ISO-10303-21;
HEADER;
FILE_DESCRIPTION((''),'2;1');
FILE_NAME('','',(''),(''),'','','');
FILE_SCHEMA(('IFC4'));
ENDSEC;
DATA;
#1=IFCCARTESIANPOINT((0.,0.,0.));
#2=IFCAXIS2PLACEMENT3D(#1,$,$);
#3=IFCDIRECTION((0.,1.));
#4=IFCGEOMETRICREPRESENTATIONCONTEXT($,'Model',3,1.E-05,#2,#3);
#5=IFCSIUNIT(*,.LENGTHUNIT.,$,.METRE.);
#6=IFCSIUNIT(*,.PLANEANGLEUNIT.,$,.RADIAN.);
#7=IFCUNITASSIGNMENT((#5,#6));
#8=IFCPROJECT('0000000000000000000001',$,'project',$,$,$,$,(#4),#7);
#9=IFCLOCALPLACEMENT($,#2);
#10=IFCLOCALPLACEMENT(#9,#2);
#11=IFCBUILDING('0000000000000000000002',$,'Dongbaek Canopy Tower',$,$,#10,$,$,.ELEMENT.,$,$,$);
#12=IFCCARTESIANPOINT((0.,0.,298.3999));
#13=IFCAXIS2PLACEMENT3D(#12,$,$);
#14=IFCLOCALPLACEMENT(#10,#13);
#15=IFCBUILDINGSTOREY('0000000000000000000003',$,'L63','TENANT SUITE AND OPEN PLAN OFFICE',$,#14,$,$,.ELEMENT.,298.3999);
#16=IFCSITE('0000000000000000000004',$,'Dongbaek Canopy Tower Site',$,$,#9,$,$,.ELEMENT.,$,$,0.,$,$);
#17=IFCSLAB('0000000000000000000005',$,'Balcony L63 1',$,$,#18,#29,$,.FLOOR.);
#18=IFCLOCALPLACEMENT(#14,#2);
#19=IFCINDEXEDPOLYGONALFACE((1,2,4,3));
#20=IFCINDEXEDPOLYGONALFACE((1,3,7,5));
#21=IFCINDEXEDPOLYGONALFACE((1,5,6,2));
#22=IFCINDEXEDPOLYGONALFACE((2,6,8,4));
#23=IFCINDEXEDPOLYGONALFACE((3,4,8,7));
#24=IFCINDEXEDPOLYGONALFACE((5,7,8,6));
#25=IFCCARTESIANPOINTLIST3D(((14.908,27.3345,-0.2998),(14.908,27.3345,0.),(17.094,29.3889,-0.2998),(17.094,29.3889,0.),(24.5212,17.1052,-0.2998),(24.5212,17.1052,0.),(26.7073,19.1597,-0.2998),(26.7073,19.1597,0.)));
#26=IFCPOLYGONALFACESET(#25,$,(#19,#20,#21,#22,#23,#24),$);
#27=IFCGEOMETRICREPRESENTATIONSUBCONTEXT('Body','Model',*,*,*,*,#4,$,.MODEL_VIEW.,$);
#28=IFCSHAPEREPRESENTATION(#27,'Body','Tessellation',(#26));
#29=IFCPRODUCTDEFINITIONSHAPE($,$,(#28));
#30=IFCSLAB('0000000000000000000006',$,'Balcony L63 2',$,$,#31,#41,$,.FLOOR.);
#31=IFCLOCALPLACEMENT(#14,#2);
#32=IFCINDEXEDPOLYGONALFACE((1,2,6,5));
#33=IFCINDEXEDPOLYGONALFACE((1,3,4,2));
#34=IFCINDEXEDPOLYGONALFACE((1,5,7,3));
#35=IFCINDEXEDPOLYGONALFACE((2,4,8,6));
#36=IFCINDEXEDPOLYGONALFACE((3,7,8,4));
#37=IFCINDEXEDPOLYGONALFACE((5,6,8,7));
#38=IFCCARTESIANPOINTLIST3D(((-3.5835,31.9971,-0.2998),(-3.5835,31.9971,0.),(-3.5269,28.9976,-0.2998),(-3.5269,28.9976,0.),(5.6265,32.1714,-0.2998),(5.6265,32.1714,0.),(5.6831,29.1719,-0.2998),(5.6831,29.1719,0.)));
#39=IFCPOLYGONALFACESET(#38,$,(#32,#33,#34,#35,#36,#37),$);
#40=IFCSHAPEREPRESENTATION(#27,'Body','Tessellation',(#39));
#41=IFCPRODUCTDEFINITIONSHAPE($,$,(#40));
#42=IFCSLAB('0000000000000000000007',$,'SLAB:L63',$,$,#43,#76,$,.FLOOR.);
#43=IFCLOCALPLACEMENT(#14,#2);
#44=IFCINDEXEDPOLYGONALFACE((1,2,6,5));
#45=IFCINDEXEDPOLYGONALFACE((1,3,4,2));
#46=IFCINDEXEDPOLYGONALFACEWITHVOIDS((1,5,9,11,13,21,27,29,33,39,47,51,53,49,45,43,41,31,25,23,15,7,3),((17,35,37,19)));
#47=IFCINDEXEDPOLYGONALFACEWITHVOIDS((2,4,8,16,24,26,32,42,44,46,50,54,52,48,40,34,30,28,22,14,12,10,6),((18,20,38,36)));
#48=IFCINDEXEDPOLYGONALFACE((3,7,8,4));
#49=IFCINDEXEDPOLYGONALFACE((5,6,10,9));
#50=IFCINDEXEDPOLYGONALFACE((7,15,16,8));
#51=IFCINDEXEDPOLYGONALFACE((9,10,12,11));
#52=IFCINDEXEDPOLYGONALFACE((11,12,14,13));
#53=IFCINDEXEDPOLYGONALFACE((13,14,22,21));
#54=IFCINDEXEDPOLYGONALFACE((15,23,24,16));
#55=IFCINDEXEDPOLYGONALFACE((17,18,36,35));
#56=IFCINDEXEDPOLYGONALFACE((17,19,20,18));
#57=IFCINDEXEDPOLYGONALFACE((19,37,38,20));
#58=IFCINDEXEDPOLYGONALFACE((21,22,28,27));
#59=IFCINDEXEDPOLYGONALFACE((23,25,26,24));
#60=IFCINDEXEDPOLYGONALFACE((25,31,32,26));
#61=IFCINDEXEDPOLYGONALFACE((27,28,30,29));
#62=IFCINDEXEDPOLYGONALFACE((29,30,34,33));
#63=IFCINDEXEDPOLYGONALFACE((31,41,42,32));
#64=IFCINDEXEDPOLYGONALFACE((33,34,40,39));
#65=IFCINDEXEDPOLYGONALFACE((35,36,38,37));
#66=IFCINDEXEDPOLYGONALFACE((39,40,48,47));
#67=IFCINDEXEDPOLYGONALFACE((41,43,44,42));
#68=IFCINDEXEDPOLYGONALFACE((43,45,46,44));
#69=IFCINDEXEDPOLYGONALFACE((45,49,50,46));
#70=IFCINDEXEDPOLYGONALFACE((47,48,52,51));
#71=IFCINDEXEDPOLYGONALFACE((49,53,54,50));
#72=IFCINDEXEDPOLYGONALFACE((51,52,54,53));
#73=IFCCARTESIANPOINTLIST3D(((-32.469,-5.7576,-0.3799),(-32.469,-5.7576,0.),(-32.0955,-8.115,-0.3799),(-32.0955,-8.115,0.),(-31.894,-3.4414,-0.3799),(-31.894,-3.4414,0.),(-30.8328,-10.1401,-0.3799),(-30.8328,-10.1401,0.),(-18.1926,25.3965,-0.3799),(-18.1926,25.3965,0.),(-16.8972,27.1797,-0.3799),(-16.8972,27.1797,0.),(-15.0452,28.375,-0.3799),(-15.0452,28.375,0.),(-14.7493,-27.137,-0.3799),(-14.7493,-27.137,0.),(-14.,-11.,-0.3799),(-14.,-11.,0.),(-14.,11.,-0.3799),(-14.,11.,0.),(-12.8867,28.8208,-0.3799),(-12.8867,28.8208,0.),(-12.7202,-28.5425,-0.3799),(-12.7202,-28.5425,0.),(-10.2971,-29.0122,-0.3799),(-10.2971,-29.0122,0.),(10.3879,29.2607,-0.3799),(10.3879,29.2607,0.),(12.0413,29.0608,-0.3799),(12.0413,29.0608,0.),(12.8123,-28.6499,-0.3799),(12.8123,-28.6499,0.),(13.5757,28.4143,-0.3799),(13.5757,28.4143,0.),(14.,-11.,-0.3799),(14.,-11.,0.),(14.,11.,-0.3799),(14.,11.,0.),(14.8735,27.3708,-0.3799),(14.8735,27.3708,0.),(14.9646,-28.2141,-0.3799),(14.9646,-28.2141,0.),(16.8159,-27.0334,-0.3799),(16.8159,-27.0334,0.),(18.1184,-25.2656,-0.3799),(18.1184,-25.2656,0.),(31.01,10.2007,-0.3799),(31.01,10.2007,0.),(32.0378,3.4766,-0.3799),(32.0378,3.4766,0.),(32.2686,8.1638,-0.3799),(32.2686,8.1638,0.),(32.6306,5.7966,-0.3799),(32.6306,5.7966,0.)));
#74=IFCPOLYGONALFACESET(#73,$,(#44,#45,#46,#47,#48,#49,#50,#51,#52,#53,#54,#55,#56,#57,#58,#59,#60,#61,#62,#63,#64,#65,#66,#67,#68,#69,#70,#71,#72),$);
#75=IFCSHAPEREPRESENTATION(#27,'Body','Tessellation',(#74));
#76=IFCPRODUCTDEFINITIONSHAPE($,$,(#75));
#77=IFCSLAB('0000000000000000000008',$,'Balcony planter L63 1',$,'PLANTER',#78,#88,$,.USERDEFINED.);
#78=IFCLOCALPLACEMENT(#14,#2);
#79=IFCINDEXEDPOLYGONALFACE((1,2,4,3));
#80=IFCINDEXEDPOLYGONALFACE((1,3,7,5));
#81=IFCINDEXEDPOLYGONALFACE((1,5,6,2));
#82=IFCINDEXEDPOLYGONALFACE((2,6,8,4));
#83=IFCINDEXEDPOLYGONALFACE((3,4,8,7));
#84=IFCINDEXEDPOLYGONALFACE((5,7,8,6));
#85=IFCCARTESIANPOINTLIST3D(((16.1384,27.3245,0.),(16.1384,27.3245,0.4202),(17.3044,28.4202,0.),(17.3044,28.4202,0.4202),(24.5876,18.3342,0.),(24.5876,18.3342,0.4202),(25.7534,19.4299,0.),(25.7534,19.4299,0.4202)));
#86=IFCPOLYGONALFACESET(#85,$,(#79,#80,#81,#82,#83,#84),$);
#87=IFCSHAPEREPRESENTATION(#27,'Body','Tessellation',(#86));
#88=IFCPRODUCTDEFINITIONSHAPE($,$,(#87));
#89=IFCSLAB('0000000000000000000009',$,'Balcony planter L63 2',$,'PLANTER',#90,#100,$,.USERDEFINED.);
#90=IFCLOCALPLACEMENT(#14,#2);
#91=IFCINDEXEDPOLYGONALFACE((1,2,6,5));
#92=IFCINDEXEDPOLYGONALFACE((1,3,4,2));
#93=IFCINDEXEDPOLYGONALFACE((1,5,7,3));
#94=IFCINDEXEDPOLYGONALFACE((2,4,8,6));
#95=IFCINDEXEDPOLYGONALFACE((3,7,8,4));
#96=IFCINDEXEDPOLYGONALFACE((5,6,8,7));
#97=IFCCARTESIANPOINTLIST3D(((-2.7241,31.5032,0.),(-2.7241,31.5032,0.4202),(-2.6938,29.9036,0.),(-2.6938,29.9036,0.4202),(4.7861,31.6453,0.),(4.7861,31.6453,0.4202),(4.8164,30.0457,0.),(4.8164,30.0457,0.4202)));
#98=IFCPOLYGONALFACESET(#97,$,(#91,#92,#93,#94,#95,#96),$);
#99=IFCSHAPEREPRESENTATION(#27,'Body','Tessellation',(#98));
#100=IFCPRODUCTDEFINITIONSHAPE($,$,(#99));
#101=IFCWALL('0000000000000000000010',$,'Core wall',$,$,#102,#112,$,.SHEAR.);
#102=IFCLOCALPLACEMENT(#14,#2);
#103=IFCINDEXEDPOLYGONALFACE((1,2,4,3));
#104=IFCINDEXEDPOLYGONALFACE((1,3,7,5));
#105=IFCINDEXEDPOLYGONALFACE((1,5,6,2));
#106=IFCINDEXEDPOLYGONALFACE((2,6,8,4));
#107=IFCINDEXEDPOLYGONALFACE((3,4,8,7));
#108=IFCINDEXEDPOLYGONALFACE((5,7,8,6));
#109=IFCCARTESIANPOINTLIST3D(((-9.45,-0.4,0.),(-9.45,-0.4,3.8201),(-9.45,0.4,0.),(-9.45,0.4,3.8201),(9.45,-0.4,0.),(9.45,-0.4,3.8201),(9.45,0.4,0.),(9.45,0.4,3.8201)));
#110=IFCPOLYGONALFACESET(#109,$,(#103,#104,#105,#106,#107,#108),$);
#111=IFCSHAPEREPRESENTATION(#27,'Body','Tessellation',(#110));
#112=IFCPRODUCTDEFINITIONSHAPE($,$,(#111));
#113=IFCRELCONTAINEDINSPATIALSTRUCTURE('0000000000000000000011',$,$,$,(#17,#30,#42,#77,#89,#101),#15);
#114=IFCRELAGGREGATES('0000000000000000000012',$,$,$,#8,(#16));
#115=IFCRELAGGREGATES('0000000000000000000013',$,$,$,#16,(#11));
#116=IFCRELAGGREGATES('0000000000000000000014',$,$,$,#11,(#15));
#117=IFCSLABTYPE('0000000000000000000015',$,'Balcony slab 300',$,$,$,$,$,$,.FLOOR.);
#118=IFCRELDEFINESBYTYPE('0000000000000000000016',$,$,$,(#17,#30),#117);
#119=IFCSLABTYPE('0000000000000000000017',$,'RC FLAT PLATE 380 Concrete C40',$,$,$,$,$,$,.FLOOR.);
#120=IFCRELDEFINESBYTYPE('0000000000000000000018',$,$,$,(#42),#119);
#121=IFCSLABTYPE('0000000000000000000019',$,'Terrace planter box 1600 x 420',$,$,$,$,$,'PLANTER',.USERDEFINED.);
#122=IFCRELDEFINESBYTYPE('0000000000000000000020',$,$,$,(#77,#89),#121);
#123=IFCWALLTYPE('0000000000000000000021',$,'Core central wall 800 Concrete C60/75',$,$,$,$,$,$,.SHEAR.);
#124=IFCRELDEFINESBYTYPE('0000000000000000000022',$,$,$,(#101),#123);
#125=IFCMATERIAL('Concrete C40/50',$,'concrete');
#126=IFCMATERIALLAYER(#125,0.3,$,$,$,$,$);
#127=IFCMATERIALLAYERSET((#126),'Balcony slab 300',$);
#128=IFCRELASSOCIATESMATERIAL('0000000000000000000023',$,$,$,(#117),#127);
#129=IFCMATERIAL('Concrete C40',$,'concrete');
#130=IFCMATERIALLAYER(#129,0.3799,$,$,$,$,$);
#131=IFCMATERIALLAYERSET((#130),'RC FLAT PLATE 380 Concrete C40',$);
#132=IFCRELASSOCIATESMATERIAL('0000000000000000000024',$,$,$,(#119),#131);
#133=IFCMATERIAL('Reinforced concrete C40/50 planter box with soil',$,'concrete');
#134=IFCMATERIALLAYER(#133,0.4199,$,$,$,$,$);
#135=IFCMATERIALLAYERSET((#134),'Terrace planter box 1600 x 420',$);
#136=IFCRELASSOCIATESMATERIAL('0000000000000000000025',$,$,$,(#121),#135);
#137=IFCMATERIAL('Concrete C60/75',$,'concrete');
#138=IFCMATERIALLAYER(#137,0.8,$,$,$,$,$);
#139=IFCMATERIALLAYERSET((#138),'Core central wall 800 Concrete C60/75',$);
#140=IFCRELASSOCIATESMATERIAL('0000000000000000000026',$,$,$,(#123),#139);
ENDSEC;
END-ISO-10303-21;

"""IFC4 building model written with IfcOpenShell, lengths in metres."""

from ifc_helpers import new_model, si_unit, direction, frame, frame_2d, origin, place, context, subcontext, project, spatial, polyline, rectangle, outline, extrude, material, layer, layer_set, type_object, element, save


model = new_model("IFC4")

# Units and contexts
model_context = context("Model", 3, precision=1e-05, world=origin(), true_north=direction((0.0, 1.0)))
body_context = subcontext(model_context, "Body", "Model", "MODEL_VIEW")
ifc_project = project(units=[si_unit("LENGTHUNIT", "METRE"), si_unit("PLANEANGLEUNIT", "RADIAN")], contexts=[model_context])

# Site, building, storey
site_placement = place(None, origin())
site = spatial("IfcSite", under=ifc_project, at=site_placement, Name="Dongbaek Canopy Tower Site", CompositionType="ELEMENT", RefElevation=0.0)
building_placement = place(site_placement, origin())
building = spatial("IfcBuilding", under=site, at=building_placement, Name="Dongbaek Canopy Tower", CompositionType="ELEMENT")
storey_placement = place(building_placement, frame((0.0, 0.0, 298.3999)))
storey = spatial("IfcBuildingStorey", under=building, at=storey_placement, Name="L63", Description="TENANT SUITE AND OPEN PLAN OFFICE", CompositionType="ELEMENT", Elevation=298.3999)

# Slabs
ifc_material_1 = material(Name="Concrete C40/50", Category="concrete")
ifc_layer_1 = layer(ifc_material_1, 0.3)
ifc_layer_set_1 = layer_set([ifc_layer_1], Name="Balcony slab 300")
slab_type_1 = type_object("IfcSlabType", Name="Balcony slab 300", PredefinedType="FLOOR", material=ifc_layer_set_1)
slab_1_placement = place(storey_placement, frame((0.0, 0.0, -0.2998)))
element("IfcSlab", 1, at=slab_1_placement, inside=storey, type_object=slab_type_1, Name="Balcony L63 1", PredefinedType="FLOOR", context=body_context, shape_type="SweptSolid", body=[
    extrude(outline(polyline([(24.5212, 17.1052), (14.908, 27.3345), (17.094, 29.3889), (26.7073, 19.1597), (24.5212, 17.1052)])), origin(), (0.0, 0.0, 1.0), 0.2998),
])
slab_2_placement = place(storey_placement, frame((0.0, 0.0, -0.2998)))
element("IfcSlab", 2, at=slab_2_placement, inside=storey, type_object=slab_type_1, Name="Balcony L63 2", PredefinedType="FLOOR", context=body_context, shape_type="SweptSolid", body=[
    extrude(outline(polyline([(5.6831, 29.1719), (-3.5269, 28.9976), (-3.5835, 31.9971), (5.6265, 32.1714), (5.6831, 29.1719)])), origin(), (0.0, 0.0, 1.0), 0.2998),
])
ifc_material_2 = material(Name="Concrete C40", Category="concrete")
ifc_layer_2 = layer(ifc_material_2, 0.3799)
ifc_layer_set_2 = layer_set([ifc_layer_2], Name="RC FLAT PLATE 380 Concrete C40")
slab_type_2 = type_object("IfcSlabType", Name="RC FLAT PLATE 380 Concrete C40", PredefinedType="FLOOR", material=ifc_layer_set_2)
slab_3_placement = place(storey_placement, frame((0.0, 0.0, -0.3799)))
element("IfcSlab", 3, at=slab_3_placement, inside=storey, type_object=slab_type_2, Name="SLAB:L63", PredefinedType="FLOOR", context=body_context, shape_type="SweptSolid", body=[
    extrude(outline(polyline([(18.1184, -25.2656), (16.8159, -27.0334), (14.9646, -28.2141), (12.8123, -28.6499), (-10.2971, -29.0122), (-12.7202, -28.5425), (-14.7493, -27.137), (-30.8328, -10.1401), (-32.0955, -8.115), (-32.469, -5.7576), (-31.894, -3.4414), (-18.1926, 25.3965), (-16.8972, 27.1797), (-15.0452, 28.375), (-12.8867, 28.8208), (10.3879, 29.2607), (12.0413, 29.0608), (13.5757, 28.4143), (14.8735, 27.3708), (31.01, 10.2007), (32.2686, 8.1638), (32.6306, 5.7966), (32.0378, 3.4766), (18.1184, -25.2656)]), holes=[polyline([(14.0, 11.0), (-14.0, 11.0), (-14.0, -11.0), (14.0, -11.0), (14.0, 11.0)])]), origin(), (0.0, 0.0, 1.0), 0.3799),
])
ifc_material_3 = material(Name="Reinforced concrete C40/50 planter box with soil", Category="concrete")
ifc_layer_3 = layer(ifc_material_3, 0.4199)
ifc_layer_set_3 = layer_set([ifc_layer_3], Name="Terrace planter box 1600 x 420")
slab_type_3 = type_object("IfcSlabType", Name="Terrace planter box 1600 x 420", ElementType="PLANTER", PredefinedType="USERDEFINED", material=ifc_layer_set_3)
slab_4_placement = place(storey_placement, origin())
element("IfcSlab", 4, at=slab_4_placement, inside=storey, type_object=slab_type_3, Name="Balcony planter L63 1", ObjectType="PLANTER", PredefinedType="USERDEFINED", context=body_context, shape_type="SweptSolid", body=[
    extrude(outline(polyline([(24.5876, 18.3342), (16.1384, 27.3245), (17.3044, 28.4202), (25.7534, 19.4299), (24.5876, 18.3342)])), origin(), (0.0, 0.0, 1.0), 0.4202),
])
slab_5_placement = place(storey_placement, origin())
element("IfcSlab", 5, at=slab_5_placement, inside=storey, type_object=slab_type_3, Name="Balcony planter L63 2", ObjectType="PLANTER", PredefinedType="USERDEFINED", context=body_context, shape_type="SweptSolid", body=[
    extrude(outline(polyline([(4.8164, 30.0457), (-2.6938, 29.9036), (-2.7241, 31.5032), (4.7861, 31.6453), (4.8164, 30.0457)])), origin(), (0.0, 0.0, 1.0), 0.4202),
])

# Wall
ifc_material_4 = material(Name="Concrete C60/75", Category="concrete")
ifc_layer_4 = layer(ifc_material_4, 0.8)
ifc_layer_set_4 = layer_set([ifc_layer_4], Name="Core central wall 800 Concrete C60/75")
wall_type_1 = type_object("IfcWallType", Name="Core central wall 800 Concrete C60/75", PredefinedType="SHEAR", material=ifc_layer_set_4)
wall_1_placement = place(storey_placement, frame((-9.45, 0.0, 0.0), z_axis=(0.0, 0.0, 1.0), x_axis=(1.0, 0.0, 0.0)))
element("IfcWall", 6, at=wall_1_placement, inside=storey, type_object=wall_type_1, Name="Core wall", PredefinedType="SHEAR", context=body_context, shape_type="SweptSolid", body=[
    extrude(rectangle(XDim=18.8999, YDim=0.8, at=frame_2d((9.45, 0.0))), origin(), (0.0, 0.0, 1.0), 3.8201),
])

save(model, "model.ifc")
